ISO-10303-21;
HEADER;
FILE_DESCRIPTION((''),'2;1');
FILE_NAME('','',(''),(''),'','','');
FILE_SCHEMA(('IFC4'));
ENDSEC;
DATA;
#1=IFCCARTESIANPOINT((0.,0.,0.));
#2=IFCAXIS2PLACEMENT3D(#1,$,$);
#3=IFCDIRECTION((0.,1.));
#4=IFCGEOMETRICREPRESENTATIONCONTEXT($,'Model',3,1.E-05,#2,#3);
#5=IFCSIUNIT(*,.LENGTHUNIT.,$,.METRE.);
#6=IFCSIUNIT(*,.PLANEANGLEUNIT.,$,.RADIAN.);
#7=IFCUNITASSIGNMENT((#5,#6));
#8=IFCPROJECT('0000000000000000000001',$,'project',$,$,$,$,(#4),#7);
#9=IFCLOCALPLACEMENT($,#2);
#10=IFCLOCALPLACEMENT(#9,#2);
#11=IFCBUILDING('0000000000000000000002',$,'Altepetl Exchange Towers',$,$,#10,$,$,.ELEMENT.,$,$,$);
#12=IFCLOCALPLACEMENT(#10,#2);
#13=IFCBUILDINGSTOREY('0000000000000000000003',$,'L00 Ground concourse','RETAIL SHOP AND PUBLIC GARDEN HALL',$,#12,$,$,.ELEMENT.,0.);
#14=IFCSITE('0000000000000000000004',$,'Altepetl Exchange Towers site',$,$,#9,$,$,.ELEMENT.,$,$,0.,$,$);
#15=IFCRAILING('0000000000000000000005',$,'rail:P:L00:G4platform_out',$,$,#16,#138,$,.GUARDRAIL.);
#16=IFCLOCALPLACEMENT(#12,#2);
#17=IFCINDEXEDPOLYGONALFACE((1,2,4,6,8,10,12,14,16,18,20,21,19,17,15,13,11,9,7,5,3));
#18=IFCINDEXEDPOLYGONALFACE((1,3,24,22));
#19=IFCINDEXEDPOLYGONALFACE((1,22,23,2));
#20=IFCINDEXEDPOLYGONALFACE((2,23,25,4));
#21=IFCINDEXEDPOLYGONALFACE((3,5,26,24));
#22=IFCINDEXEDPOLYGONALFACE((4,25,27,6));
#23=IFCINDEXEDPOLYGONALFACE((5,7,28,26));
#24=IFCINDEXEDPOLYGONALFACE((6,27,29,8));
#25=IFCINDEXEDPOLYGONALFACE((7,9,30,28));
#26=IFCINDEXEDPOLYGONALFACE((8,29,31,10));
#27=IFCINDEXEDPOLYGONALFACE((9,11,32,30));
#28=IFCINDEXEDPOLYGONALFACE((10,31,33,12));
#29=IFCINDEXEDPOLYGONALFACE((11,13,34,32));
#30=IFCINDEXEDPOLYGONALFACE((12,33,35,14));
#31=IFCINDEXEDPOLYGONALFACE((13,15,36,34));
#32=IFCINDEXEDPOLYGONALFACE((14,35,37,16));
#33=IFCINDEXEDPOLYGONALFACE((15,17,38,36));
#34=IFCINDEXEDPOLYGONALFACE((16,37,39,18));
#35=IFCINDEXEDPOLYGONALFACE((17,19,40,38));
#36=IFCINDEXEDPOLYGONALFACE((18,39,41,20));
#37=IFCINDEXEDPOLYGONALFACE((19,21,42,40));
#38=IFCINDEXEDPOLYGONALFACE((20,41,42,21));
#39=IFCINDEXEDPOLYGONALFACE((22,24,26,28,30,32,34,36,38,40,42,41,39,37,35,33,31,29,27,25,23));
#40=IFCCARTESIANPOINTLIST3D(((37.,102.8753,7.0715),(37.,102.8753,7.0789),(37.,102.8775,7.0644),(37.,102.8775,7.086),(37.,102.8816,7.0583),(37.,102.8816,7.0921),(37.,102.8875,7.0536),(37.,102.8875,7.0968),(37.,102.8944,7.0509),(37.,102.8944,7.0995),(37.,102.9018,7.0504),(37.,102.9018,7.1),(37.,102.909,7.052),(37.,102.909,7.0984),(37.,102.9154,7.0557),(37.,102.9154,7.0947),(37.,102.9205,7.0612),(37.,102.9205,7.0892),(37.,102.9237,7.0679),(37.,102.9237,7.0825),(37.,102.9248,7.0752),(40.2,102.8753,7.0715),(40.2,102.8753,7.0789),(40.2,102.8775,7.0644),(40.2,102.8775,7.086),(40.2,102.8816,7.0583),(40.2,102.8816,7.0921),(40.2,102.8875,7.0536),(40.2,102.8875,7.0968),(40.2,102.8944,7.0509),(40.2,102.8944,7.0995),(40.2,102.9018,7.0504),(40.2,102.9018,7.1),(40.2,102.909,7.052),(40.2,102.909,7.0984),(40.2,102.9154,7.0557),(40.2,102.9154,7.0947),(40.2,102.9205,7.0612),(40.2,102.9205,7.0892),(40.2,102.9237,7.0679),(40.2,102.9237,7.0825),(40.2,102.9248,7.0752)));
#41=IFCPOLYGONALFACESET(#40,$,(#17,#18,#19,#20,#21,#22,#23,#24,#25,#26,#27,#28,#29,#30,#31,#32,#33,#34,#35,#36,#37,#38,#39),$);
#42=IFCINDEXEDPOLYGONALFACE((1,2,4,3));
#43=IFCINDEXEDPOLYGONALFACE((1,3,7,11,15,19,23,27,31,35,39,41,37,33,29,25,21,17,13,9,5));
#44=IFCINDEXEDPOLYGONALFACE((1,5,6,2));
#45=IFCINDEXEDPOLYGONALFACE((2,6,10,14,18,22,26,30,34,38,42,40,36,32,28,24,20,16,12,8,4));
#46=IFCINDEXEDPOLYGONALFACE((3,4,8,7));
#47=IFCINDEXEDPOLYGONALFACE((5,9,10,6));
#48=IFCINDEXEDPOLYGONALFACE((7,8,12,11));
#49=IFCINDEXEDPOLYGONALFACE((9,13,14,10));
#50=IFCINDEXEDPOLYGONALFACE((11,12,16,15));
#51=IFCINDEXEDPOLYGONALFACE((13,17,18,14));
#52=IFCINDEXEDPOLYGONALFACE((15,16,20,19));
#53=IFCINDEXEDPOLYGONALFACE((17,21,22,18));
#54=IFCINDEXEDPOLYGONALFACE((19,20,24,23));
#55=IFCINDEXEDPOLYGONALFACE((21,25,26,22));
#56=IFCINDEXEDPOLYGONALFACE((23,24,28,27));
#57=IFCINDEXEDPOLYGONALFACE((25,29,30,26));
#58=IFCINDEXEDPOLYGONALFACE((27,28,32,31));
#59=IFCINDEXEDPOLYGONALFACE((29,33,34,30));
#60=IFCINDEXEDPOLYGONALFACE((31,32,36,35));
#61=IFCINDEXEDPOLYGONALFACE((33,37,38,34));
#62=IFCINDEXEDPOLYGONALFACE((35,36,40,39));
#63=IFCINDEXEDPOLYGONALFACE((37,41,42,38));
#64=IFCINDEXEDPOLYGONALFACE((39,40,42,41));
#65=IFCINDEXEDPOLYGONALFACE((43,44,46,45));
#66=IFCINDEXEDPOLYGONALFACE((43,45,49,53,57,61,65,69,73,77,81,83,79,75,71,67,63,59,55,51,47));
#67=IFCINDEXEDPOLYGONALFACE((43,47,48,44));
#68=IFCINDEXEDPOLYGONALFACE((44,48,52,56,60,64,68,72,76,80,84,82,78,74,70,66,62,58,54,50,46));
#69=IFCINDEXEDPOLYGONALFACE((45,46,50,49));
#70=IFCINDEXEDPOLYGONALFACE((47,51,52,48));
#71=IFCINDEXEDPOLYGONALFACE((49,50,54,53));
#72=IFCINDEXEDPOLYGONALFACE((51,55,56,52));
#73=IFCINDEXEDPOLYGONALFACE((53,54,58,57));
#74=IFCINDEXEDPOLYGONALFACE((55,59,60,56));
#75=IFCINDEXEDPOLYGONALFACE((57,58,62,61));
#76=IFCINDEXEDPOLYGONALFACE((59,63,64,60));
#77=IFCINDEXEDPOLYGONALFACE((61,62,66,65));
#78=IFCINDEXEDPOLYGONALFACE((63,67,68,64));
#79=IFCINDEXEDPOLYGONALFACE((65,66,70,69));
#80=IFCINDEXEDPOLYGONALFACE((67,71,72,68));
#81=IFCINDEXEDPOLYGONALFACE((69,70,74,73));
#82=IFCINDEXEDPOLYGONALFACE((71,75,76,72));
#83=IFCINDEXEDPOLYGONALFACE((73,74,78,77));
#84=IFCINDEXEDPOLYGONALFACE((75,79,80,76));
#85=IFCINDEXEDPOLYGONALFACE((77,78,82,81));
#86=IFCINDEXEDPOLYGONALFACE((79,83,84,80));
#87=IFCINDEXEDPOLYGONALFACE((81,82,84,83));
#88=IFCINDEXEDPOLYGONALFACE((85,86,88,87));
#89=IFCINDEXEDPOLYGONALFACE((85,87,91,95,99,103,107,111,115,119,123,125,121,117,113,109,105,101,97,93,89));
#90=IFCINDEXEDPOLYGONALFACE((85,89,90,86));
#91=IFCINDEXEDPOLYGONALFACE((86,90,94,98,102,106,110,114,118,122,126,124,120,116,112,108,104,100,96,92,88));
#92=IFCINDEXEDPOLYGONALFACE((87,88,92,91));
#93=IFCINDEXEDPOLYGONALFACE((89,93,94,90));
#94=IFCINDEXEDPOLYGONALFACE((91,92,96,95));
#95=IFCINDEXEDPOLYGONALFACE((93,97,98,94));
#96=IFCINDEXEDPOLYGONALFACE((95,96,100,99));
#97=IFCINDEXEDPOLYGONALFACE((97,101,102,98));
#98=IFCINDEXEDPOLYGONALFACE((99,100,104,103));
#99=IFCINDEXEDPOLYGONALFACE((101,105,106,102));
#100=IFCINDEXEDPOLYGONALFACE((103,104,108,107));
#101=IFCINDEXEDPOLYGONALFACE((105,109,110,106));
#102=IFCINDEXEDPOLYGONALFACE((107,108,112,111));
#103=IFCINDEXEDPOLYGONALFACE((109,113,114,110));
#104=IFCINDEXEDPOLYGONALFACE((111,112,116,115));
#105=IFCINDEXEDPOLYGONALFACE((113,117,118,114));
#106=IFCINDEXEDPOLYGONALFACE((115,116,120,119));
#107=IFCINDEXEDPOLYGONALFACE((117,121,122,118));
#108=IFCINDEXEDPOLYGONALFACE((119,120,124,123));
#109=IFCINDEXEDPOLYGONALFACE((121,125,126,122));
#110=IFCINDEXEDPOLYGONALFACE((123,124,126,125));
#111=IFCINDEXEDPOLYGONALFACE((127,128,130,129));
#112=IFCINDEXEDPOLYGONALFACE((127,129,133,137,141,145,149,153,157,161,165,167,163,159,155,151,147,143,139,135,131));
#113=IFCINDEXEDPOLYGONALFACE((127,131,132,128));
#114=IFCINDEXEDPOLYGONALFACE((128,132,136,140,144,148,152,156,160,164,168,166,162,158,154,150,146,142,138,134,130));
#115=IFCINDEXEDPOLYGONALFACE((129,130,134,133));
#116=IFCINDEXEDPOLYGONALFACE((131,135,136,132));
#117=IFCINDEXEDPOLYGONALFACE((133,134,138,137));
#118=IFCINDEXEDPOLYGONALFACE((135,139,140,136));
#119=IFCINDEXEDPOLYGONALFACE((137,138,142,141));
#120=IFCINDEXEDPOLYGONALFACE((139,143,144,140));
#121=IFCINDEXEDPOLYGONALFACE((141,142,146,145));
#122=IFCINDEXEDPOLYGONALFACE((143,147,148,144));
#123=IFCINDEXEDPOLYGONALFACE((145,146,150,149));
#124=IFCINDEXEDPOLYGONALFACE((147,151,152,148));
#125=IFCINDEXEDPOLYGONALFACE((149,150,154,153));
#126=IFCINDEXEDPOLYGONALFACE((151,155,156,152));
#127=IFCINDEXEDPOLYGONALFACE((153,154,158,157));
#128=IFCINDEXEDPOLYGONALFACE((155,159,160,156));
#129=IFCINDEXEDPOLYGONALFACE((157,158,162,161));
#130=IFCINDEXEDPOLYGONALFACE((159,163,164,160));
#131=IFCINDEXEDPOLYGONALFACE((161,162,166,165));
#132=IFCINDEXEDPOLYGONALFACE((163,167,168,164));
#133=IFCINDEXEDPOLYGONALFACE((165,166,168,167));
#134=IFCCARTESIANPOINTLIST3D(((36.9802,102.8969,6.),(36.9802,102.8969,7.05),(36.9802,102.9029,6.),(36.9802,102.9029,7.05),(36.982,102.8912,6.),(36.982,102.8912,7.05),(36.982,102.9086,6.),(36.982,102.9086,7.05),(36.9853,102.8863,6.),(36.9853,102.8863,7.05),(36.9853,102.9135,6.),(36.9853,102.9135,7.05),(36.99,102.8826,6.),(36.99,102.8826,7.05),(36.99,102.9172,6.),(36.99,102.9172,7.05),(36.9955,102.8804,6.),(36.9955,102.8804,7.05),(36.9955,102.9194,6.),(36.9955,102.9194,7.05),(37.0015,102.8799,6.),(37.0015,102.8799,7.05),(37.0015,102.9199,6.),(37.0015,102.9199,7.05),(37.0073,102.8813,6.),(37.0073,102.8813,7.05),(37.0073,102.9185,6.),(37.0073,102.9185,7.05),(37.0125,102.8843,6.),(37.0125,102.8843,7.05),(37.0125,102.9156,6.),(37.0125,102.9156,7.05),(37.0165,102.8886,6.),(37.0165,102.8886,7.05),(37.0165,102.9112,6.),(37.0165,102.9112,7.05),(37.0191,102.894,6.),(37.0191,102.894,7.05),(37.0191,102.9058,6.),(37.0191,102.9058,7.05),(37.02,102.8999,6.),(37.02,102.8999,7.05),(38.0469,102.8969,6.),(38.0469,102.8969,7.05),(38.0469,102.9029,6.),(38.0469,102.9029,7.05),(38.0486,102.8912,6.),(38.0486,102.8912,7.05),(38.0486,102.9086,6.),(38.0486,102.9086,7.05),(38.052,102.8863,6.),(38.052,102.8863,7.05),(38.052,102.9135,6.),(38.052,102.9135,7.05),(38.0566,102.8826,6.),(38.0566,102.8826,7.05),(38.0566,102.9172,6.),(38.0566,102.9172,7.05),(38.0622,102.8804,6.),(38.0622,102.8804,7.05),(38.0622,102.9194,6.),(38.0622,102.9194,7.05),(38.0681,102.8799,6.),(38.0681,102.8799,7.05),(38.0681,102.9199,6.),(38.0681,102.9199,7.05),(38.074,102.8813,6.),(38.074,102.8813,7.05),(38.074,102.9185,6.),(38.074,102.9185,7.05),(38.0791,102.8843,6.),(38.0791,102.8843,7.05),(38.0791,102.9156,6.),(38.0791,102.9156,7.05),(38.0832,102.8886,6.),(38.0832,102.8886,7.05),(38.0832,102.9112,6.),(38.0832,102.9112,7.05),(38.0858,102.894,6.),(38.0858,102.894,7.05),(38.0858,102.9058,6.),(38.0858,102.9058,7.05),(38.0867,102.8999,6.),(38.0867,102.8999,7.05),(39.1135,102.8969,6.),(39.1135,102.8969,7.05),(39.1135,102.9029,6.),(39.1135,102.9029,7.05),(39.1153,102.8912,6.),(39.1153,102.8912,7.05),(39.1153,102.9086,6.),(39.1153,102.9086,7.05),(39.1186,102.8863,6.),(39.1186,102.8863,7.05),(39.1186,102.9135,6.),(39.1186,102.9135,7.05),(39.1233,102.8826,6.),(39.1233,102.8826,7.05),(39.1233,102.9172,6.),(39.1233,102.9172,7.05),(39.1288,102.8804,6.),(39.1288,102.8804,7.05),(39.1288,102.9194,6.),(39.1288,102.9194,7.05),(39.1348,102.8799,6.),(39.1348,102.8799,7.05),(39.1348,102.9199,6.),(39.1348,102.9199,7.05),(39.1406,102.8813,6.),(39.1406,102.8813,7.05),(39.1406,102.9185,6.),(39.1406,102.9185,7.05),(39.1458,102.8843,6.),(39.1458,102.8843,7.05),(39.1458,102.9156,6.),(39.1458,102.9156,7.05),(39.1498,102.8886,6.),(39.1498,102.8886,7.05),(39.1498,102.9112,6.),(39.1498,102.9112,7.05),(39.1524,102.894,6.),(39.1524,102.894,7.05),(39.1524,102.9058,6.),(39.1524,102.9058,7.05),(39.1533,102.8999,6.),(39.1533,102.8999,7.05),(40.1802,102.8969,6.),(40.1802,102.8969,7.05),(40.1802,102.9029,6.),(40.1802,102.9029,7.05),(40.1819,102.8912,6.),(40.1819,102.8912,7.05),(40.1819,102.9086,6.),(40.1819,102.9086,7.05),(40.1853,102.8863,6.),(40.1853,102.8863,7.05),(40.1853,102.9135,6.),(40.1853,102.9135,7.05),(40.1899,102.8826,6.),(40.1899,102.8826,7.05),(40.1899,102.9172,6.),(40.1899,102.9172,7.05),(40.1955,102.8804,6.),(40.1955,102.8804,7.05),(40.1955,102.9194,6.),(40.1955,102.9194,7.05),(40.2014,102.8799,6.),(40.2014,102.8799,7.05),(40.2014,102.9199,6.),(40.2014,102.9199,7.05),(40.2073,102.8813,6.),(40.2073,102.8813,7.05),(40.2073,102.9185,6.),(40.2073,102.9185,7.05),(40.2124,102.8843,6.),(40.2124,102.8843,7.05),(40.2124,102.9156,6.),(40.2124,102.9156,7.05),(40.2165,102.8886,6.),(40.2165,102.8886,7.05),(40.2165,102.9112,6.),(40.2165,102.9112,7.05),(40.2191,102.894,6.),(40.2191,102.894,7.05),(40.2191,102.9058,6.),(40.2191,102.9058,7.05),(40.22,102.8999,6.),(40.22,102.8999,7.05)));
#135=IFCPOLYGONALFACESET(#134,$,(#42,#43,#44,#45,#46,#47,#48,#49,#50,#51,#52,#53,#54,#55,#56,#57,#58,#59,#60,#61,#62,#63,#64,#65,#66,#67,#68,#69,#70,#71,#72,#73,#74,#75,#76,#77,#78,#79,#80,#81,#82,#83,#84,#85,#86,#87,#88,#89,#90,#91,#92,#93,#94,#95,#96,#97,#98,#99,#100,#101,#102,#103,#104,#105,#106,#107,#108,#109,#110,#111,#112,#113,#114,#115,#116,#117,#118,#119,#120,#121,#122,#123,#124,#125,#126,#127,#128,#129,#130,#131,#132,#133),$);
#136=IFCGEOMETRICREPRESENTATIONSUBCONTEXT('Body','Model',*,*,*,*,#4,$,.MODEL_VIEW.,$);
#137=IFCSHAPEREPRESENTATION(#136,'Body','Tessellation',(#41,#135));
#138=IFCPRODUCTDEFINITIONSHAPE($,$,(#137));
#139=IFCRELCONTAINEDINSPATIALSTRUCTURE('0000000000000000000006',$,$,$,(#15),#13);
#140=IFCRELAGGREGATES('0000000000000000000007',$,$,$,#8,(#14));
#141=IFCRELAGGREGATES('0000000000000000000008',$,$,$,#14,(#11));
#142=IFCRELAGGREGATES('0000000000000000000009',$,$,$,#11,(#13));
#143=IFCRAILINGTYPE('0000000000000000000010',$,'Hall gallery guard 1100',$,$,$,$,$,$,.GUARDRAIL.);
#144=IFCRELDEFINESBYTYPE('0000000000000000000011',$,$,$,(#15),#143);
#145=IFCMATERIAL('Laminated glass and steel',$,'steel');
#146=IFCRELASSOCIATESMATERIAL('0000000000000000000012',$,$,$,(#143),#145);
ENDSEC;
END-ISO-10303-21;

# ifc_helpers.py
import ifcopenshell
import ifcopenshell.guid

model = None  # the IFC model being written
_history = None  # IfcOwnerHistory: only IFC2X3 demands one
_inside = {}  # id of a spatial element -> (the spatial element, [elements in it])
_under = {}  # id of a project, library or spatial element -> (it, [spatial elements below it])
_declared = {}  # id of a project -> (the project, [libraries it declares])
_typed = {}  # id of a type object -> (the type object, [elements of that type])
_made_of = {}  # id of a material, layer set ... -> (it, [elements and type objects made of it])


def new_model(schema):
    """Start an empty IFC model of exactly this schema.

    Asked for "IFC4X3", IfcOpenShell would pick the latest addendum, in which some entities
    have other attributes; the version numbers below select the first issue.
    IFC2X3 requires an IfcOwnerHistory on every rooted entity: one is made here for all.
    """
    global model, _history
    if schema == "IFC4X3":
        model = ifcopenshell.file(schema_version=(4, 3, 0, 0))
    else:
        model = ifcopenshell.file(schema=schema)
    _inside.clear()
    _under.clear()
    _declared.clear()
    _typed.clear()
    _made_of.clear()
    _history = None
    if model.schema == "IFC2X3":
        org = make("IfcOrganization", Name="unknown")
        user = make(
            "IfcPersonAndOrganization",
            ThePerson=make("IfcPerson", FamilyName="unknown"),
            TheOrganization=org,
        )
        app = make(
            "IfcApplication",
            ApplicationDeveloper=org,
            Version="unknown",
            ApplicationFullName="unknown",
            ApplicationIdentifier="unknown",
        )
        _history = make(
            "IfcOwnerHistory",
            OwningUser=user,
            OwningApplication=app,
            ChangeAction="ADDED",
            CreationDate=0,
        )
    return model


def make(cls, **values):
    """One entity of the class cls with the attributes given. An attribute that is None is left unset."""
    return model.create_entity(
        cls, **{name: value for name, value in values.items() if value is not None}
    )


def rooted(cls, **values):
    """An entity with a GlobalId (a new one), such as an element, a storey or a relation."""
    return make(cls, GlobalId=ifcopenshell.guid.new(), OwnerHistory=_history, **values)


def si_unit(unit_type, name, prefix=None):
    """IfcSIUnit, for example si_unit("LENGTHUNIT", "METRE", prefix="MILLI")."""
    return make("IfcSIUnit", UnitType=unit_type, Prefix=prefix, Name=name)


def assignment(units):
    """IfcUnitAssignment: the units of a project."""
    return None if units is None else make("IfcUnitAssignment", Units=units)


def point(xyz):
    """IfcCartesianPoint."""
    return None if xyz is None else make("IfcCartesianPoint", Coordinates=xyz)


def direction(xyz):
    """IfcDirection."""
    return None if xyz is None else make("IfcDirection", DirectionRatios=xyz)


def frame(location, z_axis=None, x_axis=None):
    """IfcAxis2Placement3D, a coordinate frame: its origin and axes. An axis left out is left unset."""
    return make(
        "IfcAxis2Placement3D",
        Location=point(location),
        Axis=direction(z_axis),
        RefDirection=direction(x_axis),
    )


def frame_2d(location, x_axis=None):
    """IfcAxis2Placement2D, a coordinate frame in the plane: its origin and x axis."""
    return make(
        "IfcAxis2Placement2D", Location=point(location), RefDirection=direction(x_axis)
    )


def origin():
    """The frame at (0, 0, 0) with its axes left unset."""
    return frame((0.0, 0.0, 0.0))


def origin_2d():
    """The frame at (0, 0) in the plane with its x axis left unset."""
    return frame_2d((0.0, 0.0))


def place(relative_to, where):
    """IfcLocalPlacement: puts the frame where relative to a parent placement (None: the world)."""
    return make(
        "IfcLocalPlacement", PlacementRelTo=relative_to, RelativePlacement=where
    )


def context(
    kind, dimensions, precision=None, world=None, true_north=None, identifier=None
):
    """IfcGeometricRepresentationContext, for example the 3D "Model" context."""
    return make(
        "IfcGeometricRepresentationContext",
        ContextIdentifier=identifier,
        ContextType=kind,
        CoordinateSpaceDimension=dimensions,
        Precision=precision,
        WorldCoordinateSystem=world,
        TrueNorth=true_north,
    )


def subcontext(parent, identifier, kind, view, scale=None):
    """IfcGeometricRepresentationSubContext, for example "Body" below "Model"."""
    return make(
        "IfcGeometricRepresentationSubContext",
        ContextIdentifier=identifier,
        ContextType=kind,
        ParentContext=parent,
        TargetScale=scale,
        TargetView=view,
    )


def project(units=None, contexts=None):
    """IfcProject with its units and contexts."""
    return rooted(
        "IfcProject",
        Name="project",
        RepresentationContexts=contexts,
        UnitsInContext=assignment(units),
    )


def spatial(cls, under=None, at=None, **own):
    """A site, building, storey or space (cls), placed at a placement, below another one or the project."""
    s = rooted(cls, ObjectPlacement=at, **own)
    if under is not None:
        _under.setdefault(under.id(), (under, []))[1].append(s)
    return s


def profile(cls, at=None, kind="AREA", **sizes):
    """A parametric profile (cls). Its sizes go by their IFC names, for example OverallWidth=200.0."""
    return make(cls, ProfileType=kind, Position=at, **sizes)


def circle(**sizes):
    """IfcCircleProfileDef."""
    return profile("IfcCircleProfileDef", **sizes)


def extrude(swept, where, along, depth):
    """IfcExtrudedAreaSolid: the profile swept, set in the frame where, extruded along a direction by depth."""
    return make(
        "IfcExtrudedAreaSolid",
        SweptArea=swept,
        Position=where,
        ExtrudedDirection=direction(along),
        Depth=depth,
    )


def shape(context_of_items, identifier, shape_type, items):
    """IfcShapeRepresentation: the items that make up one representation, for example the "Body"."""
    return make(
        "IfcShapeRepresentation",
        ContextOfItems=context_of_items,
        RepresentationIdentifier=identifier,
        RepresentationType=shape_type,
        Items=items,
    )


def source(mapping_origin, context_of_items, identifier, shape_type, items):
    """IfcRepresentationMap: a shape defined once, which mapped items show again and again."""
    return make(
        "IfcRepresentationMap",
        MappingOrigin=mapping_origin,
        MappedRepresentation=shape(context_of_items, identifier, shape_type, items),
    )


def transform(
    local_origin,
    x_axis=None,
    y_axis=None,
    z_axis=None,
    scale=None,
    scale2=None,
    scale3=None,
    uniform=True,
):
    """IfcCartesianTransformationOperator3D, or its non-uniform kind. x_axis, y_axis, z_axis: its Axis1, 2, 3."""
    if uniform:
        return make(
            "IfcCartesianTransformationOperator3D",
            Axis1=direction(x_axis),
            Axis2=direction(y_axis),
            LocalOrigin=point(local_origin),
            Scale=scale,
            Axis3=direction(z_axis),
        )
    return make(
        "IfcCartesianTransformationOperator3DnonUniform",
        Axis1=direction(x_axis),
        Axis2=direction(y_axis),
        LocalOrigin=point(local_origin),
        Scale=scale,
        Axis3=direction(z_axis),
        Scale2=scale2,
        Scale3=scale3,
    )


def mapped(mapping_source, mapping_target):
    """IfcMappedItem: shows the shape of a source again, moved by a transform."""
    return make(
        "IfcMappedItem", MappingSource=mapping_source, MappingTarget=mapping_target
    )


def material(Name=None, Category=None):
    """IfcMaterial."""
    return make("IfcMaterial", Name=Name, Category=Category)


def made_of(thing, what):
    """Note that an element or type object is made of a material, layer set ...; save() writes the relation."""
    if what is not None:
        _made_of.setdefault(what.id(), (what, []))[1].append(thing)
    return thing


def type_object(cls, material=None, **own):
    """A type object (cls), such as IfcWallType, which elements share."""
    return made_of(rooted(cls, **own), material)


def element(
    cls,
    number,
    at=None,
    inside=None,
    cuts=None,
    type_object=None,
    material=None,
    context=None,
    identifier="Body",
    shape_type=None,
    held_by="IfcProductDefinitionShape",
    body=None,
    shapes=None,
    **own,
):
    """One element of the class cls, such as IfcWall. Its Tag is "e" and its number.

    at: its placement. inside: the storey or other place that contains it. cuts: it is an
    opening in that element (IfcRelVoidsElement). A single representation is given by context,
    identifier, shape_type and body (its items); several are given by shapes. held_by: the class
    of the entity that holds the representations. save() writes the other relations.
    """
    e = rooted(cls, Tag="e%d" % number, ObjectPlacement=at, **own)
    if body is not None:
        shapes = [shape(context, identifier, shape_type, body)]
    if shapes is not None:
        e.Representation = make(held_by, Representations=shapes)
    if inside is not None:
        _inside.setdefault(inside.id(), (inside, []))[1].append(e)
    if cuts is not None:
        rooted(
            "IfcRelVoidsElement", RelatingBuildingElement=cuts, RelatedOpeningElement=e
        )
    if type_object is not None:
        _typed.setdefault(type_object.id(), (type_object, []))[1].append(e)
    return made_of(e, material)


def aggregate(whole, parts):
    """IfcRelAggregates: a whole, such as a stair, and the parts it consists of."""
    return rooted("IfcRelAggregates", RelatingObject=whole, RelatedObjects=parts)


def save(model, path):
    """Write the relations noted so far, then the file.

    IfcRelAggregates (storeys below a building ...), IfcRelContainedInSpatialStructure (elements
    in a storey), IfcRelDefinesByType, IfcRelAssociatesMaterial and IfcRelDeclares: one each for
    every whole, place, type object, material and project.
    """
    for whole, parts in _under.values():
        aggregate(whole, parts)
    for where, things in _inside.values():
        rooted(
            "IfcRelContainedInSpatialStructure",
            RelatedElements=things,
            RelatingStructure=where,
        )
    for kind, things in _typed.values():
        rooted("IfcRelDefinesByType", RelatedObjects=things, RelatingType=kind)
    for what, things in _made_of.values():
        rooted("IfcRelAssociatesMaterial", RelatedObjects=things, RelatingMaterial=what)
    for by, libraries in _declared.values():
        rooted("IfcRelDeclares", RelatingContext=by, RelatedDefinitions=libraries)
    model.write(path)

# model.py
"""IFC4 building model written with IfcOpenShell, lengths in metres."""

from ifc_helpers import new_model, si_unit, direction, frame, origin, origin_2d, place, context, subcontext, project, spatial, circle, extrude, source, transform, mapped, material, type_object, element, save


model = new_model("IFC4")

# Units and contexts
model_context = context("Model", 3, precision=1e-05, world=origin(), true_north=direction((0.0, 1.0)))
body_context = subcontext(model_context, "Body", "Model", "MODEL_VIEW")
ifc_project = project(units=[si_unit("LENGTHUNIT", "METRE"), si_unit("PLANEANGLEUNIT", "RADIAN")], contexts=[model_context])

# Site, building, storey
site_placement = place(None, origin())
site = spatial("IfcSite", under=ifc_project, at=site_placement, Name="Altepetl Exchange Towers site", CompositionType="ELEMENT", RefElevation=0.0)
building_placement = place(site_placement, origin())
building = spatial("IfcBuilding", under=site, at=building_placement, Name="Altepetl Exchange Towers", CompositionType="ELEMENT")
storey_placement = place(building_placement, origin())
storey = spatial("IfcBuildingStorey", under=building, at=storey_placement, Name="L00 Ground concourse", Description="RETAIL SHOP AND PUBLIC GARDEN HALL", CompositionType="ELEMENT", Elevation=0.0)

# Railing
ifc_material_1 = material(Name="Laminated glass and steel", Category="steel")
railing_type_1 = type_object("IfcRailingType", Name="Hall gallery guard 1100", PredefinedType="GUARDRAIL", material=ifc_material_1)
shared_shape_1 = source(origin(), body_context, "Body", "SweptSolid", [
    extrude(circle(Radius=0.02, at=origin_2d()), origin(), (0.0, 0.0, 1.0), 1.05),
])
railing_1_placement = place(storey_placement, frame((37.0, 102.8999, 6.0)))
element("IfcRailing", 1, at=railing_1_placement, inside=storey, type_object=railing_type_1, Name="rail:P:L00:G4platform_out", PredefinedType="GUARDRAIL", context=body_context, shape_type="SweptSolid", body=[
    extrude(circle(Radius=0.0249, at=origin_2d()), frame((0.0, 0.0, 1.0752), z_axis=(1.0, 0.0, 0.0), x_axis=(0.0, 1.0, 0.0)), (0.0, 0.0, 1.0), 3.2),
    mapped(shared_shape_1, transform((0.0, 0.0, 0.0))),
    mapped(shared_shape_1, transform((1.0667, 0.0, 0.0))),
    mapped(shared_shape_1, transform((2.1333, 0.0, 0.0))),
    mapped(shared_shape_1, transform((3.2, 0.0, 0.0))),
])

save(model, "model.ifc")
